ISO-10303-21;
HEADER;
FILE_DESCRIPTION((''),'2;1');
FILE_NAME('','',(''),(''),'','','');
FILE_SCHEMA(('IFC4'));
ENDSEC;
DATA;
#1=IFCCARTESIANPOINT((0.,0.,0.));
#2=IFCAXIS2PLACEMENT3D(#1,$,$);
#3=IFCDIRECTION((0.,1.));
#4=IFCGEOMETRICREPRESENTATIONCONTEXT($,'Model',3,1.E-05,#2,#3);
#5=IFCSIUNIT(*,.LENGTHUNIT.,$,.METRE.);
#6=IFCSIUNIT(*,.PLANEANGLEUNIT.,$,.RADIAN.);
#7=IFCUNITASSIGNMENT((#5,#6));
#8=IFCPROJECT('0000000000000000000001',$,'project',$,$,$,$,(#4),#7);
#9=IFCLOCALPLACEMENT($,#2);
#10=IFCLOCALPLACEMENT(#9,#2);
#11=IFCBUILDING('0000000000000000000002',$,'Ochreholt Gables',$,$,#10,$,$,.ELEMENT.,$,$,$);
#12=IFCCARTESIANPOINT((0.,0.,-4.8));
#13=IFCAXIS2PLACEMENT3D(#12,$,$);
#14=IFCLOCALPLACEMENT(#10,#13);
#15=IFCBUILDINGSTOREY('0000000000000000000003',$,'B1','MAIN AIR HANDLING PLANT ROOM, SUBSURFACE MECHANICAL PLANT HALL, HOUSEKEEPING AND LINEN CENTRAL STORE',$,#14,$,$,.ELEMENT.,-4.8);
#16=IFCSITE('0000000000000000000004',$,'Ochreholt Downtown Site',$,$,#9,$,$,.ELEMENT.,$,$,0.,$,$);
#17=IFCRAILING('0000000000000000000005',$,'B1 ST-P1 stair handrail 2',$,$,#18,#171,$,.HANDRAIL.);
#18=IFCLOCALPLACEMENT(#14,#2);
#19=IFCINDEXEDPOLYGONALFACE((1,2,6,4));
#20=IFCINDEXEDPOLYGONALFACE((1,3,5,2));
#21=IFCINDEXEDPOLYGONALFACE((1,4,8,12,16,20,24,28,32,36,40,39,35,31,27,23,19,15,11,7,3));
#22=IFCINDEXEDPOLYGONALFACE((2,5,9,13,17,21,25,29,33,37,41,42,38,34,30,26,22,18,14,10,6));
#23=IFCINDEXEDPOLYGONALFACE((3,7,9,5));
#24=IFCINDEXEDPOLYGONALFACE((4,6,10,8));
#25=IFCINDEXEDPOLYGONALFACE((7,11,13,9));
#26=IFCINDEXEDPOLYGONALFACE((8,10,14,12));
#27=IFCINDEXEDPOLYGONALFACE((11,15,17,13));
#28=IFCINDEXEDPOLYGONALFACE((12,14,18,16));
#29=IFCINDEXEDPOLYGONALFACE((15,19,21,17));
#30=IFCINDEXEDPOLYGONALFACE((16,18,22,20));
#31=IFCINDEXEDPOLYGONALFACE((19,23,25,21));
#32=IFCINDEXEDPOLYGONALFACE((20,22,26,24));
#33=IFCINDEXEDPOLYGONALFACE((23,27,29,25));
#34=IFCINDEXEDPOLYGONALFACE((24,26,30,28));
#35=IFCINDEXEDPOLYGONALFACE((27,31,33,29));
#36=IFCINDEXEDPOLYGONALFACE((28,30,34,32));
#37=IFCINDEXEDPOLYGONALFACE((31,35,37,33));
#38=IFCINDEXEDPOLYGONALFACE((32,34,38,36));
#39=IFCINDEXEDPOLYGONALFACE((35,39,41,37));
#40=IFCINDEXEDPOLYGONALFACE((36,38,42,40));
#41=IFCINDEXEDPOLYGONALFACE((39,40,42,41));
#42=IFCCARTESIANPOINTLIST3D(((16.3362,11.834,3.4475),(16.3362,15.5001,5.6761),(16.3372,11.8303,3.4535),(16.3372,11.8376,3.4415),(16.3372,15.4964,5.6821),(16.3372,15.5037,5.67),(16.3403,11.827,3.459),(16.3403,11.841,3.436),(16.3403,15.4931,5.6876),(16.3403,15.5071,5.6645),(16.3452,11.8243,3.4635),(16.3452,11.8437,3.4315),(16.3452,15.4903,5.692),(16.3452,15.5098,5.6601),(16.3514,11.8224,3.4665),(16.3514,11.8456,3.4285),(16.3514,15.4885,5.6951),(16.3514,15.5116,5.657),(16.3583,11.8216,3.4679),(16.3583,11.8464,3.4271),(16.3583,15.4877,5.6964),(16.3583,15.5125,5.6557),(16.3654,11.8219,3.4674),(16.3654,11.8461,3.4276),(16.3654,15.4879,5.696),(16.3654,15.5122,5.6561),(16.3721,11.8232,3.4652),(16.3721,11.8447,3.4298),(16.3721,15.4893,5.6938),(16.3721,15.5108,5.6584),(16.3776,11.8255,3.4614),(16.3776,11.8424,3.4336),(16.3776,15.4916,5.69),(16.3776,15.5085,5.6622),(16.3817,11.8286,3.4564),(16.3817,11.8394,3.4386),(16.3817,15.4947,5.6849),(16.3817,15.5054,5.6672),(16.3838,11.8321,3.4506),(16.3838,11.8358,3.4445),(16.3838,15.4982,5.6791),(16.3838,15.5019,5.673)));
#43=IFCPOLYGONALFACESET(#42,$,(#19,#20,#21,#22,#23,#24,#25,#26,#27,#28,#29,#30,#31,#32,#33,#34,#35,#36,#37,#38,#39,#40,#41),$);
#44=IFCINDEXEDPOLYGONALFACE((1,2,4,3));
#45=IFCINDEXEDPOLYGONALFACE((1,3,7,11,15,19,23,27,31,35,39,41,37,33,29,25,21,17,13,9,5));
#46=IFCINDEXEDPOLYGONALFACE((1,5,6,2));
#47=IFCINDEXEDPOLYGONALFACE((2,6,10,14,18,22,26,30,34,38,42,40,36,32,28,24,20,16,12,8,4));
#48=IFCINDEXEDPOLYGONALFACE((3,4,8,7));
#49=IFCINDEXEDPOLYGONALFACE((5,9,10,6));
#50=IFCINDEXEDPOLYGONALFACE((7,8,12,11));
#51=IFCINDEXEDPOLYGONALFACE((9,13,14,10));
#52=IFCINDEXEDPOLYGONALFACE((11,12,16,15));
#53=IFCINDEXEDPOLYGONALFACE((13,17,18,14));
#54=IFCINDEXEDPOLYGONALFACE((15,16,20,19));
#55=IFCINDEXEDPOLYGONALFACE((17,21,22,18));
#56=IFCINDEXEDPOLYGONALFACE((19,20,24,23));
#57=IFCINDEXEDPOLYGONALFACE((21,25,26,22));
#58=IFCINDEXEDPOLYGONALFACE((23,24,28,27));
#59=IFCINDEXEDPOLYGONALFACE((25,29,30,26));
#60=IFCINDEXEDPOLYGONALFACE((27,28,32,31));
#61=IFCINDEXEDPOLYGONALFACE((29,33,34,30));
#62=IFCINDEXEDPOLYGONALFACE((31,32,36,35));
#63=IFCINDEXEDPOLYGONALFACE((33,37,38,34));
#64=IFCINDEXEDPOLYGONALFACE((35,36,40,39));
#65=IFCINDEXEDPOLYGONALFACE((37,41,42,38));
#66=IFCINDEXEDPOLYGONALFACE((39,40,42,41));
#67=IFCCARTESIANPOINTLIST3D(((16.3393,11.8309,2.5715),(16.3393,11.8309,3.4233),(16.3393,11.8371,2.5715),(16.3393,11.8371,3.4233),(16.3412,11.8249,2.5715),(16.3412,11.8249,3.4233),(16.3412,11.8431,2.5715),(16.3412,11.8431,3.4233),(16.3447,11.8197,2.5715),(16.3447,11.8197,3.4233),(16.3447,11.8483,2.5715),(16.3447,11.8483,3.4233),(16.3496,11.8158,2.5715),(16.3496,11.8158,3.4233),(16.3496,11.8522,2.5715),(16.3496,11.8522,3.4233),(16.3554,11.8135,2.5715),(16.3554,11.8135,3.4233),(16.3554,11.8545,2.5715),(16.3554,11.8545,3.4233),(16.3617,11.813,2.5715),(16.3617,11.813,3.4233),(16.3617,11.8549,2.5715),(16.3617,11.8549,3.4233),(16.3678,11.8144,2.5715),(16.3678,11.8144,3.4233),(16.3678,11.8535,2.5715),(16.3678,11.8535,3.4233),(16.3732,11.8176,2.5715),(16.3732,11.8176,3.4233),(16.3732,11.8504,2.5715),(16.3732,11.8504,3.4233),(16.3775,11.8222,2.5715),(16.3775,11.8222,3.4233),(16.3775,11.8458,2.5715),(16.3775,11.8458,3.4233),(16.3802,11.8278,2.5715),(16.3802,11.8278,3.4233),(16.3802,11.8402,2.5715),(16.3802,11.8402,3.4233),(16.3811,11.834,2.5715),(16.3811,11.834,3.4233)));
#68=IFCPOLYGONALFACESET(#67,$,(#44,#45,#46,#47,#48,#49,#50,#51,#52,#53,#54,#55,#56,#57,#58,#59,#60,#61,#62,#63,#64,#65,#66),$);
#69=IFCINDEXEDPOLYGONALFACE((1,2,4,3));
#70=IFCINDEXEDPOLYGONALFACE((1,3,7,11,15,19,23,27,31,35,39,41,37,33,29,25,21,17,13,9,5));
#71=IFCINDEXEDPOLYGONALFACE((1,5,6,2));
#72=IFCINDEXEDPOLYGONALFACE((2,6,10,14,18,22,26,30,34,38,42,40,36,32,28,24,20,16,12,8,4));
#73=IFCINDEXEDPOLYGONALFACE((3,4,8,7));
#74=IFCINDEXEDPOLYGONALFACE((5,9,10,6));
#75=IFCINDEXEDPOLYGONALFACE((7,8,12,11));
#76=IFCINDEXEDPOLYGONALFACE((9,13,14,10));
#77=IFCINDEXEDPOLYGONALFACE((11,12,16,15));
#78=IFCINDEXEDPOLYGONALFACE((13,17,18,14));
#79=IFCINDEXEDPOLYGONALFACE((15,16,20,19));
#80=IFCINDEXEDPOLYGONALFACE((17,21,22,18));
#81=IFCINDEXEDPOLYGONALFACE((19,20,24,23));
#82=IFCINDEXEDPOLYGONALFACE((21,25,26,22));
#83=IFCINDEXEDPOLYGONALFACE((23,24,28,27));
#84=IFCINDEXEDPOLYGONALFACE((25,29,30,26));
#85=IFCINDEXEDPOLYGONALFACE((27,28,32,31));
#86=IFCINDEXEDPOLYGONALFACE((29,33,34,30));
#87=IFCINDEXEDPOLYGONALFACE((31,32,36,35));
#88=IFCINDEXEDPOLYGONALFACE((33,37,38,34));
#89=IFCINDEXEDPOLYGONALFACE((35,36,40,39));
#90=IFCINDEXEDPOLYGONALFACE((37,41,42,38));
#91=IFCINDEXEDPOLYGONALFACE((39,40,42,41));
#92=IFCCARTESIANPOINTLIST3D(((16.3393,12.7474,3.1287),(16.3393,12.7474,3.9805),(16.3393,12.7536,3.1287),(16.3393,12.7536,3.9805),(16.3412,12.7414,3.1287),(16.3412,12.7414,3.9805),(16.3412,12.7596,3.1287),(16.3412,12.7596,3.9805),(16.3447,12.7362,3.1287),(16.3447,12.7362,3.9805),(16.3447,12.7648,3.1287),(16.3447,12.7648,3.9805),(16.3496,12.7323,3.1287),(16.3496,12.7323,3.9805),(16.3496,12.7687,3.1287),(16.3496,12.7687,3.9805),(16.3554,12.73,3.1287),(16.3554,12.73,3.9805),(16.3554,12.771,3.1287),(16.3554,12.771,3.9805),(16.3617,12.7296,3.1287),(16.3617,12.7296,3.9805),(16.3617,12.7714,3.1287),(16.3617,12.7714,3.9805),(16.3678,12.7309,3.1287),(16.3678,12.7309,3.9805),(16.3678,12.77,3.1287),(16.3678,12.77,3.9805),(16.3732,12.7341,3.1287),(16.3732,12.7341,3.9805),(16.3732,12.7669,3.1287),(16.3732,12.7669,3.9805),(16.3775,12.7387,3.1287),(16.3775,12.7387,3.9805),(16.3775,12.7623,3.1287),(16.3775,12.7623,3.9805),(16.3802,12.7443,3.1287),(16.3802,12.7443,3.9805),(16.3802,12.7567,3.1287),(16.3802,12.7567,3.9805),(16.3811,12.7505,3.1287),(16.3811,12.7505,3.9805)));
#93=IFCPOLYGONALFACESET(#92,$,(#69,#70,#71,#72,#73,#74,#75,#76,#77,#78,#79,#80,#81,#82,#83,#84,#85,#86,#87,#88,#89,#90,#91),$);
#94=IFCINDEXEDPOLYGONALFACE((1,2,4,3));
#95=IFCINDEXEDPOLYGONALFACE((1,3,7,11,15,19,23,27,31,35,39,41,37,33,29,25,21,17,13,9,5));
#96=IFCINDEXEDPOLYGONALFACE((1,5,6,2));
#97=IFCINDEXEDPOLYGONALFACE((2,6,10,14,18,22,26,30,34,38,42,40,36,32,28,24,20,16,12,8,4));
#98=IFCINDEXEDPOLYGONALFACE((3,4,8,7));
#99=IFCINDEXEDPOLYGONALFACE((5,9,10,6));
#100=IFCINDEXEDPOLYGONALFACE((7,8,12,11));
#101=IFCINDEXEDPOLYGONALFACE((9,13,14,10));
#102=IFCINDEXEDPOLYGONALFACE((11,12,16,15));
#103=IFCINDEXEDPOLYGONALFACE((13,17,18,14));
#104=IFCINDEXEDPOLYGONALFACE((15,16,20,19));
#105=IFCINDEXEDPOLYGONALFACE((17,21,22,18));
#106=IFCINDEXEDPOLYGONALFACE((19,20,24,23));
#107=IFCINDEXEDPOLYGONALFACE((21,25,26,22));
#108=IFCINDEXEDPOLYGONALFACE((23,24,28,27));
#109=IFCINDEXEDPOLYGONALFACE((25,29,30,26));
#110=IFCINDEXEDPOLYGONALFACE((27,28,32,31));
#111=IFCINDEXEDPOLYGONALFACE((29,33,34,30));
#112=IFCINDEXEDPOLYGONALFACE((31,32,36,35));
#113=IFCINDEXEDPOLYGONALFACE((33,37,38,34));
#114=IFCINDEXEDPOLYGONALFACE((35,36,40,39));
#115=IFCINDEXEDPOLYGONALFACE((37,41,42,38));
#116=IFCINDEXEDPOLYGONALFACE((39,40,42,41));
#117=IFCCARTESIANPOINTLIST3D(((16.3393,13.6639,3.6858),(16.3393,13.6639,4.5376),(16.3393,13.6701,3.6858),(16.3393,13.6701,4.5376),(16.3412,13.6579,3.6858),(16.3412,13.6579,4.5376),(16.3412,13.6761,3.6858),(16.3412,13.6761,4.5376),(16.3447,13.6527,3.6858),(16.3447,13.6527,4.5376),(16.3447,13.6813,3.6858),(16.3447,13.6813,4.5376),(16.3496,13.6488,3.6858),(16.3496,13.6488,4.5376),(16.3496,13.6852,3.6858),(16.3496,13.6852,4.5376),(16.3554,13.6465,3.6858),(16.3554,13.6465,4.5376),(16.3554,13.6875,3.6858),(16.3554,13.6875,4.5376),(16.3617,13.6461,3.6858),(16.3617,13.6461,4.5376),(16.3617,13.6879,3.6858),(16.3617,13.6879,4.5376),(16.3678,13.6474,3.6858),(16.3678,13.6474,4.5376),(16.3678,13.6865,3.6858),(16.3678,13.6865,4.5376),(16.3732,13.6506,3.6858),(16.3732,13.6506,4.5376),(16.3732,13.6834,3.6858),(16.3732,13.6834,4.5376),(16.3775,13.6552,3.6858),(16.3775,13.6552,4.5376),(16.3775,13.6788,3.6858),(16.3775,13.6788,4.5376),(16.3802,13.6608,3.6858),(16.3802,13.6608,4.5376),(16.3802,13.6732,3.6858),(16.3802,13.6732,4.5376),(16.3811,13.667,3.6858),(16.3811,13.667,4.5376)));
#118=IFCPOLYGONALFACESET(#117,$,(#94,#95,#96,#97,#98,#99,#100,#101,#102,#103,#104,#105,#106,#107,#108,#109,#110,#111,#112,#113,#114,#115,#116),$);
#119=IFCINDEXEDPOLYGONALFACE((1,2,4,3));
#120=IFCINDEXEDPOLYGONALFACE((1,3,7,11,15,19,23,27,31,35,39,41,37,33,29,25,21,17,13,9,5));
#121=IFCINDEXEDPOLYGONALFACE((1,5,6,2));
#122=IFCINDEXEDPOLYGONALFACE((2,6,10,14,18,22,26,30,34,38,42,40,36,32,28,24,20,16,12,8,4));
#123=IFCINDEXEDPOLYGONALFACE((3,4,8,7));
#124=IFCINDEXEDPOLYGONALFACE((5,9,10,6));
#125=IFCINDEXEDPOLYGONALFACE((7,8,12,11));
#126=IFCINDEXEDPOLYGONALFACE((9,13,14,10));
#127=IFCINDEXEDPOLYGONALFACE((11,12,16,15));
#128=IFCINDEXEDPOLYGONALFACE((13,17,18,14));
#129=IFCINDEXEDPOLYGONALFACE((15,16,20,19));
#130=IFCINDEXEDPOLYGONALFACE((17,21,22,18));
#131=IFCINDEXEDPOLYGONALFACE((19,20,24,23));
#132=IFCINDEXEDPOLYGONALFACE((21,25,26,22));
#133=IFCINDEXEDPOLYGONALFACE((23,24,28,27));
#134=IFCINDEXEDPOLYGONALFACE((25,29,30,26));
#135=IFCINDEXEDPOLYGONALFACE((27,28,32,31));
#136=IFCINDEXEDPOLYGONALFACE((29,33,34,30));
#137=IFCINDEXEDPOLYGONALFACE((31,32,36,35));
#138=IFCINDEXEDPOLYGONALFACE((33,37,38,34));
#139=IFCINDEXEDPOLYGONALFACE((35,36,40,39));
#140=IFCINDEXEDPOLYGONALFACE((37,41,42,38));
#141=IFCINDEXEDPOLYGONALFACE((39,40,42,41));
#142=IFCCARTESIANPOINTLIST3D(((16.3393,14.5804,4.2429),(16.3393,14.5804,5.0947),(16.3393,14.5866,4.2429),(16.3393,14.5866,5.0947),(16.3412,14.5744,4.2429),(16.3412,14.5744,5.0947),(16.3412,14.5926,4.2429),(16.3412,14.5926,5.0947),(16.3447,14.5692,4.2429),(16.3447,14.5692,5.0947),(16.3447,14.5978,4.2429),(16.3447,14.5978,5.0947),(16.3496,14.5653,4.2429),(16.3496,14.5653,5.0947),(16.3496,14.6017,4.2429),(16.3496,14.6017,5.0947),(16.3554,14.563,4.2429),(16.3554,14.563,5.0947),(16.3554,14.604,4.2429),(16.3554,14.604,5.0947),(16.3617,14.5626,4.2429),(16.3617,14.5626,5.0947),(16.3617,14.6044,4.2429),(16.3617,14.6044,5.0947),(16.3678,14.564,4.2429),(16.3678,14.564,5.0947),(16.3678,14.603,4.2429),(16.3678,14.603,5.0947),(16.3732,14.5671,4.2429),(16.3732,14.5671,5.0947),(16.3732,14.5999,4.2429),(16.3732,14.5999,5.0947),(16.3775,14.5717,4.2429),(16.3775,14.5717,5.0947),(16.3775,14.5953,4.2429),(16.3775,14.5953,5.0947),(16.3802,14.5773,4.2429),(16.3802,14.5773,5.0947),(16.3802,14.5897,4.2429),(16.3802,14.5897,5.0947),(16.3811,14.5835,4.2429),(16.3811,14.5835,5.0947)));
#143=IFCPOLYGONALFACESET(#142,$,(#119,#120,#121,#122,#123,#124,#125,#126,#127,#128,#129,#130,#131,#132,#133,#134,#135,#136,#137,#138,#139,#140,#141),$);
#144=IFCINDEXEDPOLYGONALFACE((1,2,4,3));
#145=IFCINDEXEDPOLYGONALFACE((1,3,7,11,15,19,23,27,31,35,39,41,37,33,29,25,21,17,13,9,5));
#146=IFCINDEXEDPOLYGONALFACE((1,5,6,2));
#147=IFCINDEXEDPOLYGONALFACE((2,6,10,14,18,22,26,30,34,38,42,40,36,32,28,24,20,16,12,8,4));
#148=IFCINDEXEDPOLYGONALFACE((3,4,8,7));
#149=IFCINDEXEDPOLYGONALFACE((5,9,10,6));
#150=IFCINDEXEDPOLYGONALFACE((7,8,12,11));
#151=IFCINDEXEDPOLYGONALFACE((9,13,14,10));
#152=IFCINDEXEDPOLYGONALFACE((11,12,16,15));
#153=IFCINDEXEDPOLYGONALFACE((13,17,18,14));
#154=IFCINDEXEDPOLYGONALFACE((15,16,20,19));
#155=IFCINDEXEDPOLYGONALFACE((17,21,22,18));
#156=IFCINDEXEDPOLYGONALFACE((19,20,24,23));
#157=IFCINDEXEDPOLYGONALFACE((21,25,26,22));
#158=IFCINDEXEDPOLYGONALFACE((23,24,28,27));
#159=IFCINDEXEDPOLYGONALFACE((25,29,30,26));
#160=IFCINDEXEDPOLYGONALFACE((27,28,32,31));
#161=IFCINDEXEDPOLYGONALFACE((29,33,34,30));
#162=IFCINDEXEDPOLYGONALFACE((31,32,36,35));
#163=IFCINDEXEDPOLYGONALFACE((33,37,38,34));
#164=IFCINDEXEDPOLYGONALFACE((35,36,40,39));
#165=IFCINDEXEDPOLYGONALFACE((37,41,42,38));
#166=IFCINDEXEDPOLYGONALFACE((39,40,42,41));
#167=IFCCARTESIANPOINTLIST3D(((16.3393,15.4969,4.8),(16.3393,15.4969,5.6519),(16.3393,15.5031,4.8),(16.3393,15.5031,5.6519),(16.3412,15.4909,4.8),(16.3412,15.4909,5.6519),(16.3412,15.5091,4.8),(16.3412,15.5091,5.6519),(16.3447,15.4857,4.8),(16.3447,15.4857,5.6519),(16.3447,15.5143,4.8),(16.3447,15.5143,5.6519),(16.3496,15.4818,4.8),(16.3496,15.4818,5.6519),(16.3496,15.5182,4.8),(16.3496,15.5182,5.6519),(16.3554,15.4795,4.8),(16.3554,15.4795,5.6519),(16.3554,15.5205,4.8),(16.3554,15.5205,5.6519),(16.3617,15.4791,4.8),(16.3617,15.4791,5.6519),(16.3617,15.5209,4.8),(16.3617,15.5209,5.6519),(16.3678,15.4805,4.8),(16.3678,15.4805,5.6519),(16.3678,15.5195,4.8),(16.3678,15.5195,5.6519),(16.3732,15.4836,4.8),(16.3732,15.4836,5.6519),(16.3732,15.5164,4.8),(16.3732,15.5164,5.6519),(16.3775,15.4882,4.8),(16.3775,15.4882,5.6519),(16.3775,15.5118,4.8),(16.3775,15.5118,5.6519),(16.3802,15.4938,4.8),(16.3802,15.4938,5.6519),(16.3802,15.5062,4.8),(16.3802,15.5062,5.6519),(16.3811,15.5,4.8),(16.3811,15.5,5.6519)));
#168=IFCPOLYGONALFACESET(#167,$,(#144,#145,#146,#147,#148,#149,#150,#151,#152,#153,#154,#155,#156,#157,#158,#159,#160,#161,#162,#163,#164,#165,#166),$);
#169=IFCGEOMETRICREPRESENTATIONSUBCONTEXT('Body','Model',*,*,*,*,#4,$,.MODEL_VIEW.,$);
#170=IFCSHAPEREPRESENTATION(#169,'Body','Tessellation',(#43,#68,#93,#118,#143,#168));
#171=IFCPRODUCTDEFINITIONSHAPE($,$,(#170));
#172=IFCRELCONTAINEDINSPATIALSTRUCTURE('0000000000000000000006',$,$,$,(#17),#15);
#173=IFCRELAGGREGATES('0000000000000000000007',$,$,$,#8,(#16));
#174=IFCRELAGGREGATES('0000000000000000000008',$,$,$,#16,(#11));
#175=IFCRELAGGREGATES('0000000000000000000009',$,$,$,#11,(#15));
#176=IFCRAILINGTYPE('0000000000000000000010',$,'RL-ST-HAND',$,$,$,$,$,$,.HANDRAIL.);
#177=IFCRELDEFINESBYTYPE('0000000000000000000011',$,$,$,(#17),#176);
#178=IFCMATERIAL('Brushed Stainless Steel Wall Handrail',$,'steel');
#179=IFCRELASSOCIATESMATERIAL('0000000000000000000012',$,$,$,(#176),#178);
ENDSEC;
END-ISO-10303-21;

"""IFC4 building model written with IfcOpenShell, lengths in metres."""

from ifc_helpers import new_model, si_unit, direction, frame, origin, origin_2d, place, context, subcontext, project, spatial, circle, extrude, material, type_object, element, save


model = new_model("IFC4")

# Units and contexts
model_context = context("Model", 3, precision=1e-05, world=origin(), true_north=direction((0.0, 1.0)))
body_context = subcontext(model_context, "Body", "Model", "MODEL_VIEW")
ifc_project = project(units=[si_unit("LENGTHUNIT", "METRE"), si_unit("PLANEANGLEUNIT", "RADIAN")], contexts=[model_context])

# Site, building, storey
site_placement = place(None, origin())
site = spatial("IfcSite", under=ifc_project, at=site_placement, Name="Ochreholt Downtown Site", CompositionType="ELEMENT", RefElevation=0.0)
building_placement = place(site_placement, origin())
building = spatial("IfcBuilding", under=site, at=building_placement, Name="Ochreholt Gables", CompositionType="ELEMENT")
storey_placement = place(building_placement, frame((0.0, 0.0, -4.8)))
storey = spatial("IfcBuildingStorey", under=building, at=storey_placement, Name="B1", Description="MAIN AIR HANDLING PLANT ROOM, SUBSURFACE MECHANICAL PLANT HALL, HOUSEKEEPING AND LINEN CENTRAL STORE", CompositionType="ELEMENT", Elevation=-4.8)

# Railing
ifc_material_1 = material(Name="Brushed Stainless Steel Wall Handrail", Category="steel")
railing_type_1 = type_object("IfcRailingType", Name="RL-ST-HAND", PredefinedType="HANDRAIL", material=ifc_material_1)
railing_1_placement = place(storey_placement, frame((16.3601, 11.834, 2.5715)))
element("IfcRailing", 1, at=railing_1_placement, inside=storey, type_object=railing_type_1, Name="B1 ST-P1 stair handrail 2", PredefinedType="HANDRAIL", context=body_context, shape_type="SweptSolid", body=[
    extrude(circle(Radius=0.0239, at=origin_2d()), frame((0.0, 0.0, 0.876), z_axis=(0.0, 0.854506, 0.519441), x_axis=(-1.0, 0.0, 0.0)), (0.0, 0.0, 1.0), 4.2903),
    extrude(circle(Radius=0.021, at=origin_2d()), origin(), (0.0, 0.0, 1.0), 0.8518),
    extrude(circle(Radius=0.021, at=origin_2d()), frame((0.0, 0.9165, 0.5571)), (0.0, 0.0, 1.0), 0.8518),
    extrude(circle(Radius=0.021, at=origin_2d()), frame((0.0, 1.833, 1.1143)), (0.0, 0.0, 1.0), 0.8518),
    extrude(circle(Radius=0.021, at=origin_2d()), frame((0.0, 2.7495, 1.6714)), (0.0, 0.0, 1.0), 0.8518),
    extrude(circle(Radius=0.021, at=origin_2d()), frame((0.0, 3.666, 2.2285)), (0.0, 0.0, 1.0), 0.8518),
])

save(model, "model.ifc")
